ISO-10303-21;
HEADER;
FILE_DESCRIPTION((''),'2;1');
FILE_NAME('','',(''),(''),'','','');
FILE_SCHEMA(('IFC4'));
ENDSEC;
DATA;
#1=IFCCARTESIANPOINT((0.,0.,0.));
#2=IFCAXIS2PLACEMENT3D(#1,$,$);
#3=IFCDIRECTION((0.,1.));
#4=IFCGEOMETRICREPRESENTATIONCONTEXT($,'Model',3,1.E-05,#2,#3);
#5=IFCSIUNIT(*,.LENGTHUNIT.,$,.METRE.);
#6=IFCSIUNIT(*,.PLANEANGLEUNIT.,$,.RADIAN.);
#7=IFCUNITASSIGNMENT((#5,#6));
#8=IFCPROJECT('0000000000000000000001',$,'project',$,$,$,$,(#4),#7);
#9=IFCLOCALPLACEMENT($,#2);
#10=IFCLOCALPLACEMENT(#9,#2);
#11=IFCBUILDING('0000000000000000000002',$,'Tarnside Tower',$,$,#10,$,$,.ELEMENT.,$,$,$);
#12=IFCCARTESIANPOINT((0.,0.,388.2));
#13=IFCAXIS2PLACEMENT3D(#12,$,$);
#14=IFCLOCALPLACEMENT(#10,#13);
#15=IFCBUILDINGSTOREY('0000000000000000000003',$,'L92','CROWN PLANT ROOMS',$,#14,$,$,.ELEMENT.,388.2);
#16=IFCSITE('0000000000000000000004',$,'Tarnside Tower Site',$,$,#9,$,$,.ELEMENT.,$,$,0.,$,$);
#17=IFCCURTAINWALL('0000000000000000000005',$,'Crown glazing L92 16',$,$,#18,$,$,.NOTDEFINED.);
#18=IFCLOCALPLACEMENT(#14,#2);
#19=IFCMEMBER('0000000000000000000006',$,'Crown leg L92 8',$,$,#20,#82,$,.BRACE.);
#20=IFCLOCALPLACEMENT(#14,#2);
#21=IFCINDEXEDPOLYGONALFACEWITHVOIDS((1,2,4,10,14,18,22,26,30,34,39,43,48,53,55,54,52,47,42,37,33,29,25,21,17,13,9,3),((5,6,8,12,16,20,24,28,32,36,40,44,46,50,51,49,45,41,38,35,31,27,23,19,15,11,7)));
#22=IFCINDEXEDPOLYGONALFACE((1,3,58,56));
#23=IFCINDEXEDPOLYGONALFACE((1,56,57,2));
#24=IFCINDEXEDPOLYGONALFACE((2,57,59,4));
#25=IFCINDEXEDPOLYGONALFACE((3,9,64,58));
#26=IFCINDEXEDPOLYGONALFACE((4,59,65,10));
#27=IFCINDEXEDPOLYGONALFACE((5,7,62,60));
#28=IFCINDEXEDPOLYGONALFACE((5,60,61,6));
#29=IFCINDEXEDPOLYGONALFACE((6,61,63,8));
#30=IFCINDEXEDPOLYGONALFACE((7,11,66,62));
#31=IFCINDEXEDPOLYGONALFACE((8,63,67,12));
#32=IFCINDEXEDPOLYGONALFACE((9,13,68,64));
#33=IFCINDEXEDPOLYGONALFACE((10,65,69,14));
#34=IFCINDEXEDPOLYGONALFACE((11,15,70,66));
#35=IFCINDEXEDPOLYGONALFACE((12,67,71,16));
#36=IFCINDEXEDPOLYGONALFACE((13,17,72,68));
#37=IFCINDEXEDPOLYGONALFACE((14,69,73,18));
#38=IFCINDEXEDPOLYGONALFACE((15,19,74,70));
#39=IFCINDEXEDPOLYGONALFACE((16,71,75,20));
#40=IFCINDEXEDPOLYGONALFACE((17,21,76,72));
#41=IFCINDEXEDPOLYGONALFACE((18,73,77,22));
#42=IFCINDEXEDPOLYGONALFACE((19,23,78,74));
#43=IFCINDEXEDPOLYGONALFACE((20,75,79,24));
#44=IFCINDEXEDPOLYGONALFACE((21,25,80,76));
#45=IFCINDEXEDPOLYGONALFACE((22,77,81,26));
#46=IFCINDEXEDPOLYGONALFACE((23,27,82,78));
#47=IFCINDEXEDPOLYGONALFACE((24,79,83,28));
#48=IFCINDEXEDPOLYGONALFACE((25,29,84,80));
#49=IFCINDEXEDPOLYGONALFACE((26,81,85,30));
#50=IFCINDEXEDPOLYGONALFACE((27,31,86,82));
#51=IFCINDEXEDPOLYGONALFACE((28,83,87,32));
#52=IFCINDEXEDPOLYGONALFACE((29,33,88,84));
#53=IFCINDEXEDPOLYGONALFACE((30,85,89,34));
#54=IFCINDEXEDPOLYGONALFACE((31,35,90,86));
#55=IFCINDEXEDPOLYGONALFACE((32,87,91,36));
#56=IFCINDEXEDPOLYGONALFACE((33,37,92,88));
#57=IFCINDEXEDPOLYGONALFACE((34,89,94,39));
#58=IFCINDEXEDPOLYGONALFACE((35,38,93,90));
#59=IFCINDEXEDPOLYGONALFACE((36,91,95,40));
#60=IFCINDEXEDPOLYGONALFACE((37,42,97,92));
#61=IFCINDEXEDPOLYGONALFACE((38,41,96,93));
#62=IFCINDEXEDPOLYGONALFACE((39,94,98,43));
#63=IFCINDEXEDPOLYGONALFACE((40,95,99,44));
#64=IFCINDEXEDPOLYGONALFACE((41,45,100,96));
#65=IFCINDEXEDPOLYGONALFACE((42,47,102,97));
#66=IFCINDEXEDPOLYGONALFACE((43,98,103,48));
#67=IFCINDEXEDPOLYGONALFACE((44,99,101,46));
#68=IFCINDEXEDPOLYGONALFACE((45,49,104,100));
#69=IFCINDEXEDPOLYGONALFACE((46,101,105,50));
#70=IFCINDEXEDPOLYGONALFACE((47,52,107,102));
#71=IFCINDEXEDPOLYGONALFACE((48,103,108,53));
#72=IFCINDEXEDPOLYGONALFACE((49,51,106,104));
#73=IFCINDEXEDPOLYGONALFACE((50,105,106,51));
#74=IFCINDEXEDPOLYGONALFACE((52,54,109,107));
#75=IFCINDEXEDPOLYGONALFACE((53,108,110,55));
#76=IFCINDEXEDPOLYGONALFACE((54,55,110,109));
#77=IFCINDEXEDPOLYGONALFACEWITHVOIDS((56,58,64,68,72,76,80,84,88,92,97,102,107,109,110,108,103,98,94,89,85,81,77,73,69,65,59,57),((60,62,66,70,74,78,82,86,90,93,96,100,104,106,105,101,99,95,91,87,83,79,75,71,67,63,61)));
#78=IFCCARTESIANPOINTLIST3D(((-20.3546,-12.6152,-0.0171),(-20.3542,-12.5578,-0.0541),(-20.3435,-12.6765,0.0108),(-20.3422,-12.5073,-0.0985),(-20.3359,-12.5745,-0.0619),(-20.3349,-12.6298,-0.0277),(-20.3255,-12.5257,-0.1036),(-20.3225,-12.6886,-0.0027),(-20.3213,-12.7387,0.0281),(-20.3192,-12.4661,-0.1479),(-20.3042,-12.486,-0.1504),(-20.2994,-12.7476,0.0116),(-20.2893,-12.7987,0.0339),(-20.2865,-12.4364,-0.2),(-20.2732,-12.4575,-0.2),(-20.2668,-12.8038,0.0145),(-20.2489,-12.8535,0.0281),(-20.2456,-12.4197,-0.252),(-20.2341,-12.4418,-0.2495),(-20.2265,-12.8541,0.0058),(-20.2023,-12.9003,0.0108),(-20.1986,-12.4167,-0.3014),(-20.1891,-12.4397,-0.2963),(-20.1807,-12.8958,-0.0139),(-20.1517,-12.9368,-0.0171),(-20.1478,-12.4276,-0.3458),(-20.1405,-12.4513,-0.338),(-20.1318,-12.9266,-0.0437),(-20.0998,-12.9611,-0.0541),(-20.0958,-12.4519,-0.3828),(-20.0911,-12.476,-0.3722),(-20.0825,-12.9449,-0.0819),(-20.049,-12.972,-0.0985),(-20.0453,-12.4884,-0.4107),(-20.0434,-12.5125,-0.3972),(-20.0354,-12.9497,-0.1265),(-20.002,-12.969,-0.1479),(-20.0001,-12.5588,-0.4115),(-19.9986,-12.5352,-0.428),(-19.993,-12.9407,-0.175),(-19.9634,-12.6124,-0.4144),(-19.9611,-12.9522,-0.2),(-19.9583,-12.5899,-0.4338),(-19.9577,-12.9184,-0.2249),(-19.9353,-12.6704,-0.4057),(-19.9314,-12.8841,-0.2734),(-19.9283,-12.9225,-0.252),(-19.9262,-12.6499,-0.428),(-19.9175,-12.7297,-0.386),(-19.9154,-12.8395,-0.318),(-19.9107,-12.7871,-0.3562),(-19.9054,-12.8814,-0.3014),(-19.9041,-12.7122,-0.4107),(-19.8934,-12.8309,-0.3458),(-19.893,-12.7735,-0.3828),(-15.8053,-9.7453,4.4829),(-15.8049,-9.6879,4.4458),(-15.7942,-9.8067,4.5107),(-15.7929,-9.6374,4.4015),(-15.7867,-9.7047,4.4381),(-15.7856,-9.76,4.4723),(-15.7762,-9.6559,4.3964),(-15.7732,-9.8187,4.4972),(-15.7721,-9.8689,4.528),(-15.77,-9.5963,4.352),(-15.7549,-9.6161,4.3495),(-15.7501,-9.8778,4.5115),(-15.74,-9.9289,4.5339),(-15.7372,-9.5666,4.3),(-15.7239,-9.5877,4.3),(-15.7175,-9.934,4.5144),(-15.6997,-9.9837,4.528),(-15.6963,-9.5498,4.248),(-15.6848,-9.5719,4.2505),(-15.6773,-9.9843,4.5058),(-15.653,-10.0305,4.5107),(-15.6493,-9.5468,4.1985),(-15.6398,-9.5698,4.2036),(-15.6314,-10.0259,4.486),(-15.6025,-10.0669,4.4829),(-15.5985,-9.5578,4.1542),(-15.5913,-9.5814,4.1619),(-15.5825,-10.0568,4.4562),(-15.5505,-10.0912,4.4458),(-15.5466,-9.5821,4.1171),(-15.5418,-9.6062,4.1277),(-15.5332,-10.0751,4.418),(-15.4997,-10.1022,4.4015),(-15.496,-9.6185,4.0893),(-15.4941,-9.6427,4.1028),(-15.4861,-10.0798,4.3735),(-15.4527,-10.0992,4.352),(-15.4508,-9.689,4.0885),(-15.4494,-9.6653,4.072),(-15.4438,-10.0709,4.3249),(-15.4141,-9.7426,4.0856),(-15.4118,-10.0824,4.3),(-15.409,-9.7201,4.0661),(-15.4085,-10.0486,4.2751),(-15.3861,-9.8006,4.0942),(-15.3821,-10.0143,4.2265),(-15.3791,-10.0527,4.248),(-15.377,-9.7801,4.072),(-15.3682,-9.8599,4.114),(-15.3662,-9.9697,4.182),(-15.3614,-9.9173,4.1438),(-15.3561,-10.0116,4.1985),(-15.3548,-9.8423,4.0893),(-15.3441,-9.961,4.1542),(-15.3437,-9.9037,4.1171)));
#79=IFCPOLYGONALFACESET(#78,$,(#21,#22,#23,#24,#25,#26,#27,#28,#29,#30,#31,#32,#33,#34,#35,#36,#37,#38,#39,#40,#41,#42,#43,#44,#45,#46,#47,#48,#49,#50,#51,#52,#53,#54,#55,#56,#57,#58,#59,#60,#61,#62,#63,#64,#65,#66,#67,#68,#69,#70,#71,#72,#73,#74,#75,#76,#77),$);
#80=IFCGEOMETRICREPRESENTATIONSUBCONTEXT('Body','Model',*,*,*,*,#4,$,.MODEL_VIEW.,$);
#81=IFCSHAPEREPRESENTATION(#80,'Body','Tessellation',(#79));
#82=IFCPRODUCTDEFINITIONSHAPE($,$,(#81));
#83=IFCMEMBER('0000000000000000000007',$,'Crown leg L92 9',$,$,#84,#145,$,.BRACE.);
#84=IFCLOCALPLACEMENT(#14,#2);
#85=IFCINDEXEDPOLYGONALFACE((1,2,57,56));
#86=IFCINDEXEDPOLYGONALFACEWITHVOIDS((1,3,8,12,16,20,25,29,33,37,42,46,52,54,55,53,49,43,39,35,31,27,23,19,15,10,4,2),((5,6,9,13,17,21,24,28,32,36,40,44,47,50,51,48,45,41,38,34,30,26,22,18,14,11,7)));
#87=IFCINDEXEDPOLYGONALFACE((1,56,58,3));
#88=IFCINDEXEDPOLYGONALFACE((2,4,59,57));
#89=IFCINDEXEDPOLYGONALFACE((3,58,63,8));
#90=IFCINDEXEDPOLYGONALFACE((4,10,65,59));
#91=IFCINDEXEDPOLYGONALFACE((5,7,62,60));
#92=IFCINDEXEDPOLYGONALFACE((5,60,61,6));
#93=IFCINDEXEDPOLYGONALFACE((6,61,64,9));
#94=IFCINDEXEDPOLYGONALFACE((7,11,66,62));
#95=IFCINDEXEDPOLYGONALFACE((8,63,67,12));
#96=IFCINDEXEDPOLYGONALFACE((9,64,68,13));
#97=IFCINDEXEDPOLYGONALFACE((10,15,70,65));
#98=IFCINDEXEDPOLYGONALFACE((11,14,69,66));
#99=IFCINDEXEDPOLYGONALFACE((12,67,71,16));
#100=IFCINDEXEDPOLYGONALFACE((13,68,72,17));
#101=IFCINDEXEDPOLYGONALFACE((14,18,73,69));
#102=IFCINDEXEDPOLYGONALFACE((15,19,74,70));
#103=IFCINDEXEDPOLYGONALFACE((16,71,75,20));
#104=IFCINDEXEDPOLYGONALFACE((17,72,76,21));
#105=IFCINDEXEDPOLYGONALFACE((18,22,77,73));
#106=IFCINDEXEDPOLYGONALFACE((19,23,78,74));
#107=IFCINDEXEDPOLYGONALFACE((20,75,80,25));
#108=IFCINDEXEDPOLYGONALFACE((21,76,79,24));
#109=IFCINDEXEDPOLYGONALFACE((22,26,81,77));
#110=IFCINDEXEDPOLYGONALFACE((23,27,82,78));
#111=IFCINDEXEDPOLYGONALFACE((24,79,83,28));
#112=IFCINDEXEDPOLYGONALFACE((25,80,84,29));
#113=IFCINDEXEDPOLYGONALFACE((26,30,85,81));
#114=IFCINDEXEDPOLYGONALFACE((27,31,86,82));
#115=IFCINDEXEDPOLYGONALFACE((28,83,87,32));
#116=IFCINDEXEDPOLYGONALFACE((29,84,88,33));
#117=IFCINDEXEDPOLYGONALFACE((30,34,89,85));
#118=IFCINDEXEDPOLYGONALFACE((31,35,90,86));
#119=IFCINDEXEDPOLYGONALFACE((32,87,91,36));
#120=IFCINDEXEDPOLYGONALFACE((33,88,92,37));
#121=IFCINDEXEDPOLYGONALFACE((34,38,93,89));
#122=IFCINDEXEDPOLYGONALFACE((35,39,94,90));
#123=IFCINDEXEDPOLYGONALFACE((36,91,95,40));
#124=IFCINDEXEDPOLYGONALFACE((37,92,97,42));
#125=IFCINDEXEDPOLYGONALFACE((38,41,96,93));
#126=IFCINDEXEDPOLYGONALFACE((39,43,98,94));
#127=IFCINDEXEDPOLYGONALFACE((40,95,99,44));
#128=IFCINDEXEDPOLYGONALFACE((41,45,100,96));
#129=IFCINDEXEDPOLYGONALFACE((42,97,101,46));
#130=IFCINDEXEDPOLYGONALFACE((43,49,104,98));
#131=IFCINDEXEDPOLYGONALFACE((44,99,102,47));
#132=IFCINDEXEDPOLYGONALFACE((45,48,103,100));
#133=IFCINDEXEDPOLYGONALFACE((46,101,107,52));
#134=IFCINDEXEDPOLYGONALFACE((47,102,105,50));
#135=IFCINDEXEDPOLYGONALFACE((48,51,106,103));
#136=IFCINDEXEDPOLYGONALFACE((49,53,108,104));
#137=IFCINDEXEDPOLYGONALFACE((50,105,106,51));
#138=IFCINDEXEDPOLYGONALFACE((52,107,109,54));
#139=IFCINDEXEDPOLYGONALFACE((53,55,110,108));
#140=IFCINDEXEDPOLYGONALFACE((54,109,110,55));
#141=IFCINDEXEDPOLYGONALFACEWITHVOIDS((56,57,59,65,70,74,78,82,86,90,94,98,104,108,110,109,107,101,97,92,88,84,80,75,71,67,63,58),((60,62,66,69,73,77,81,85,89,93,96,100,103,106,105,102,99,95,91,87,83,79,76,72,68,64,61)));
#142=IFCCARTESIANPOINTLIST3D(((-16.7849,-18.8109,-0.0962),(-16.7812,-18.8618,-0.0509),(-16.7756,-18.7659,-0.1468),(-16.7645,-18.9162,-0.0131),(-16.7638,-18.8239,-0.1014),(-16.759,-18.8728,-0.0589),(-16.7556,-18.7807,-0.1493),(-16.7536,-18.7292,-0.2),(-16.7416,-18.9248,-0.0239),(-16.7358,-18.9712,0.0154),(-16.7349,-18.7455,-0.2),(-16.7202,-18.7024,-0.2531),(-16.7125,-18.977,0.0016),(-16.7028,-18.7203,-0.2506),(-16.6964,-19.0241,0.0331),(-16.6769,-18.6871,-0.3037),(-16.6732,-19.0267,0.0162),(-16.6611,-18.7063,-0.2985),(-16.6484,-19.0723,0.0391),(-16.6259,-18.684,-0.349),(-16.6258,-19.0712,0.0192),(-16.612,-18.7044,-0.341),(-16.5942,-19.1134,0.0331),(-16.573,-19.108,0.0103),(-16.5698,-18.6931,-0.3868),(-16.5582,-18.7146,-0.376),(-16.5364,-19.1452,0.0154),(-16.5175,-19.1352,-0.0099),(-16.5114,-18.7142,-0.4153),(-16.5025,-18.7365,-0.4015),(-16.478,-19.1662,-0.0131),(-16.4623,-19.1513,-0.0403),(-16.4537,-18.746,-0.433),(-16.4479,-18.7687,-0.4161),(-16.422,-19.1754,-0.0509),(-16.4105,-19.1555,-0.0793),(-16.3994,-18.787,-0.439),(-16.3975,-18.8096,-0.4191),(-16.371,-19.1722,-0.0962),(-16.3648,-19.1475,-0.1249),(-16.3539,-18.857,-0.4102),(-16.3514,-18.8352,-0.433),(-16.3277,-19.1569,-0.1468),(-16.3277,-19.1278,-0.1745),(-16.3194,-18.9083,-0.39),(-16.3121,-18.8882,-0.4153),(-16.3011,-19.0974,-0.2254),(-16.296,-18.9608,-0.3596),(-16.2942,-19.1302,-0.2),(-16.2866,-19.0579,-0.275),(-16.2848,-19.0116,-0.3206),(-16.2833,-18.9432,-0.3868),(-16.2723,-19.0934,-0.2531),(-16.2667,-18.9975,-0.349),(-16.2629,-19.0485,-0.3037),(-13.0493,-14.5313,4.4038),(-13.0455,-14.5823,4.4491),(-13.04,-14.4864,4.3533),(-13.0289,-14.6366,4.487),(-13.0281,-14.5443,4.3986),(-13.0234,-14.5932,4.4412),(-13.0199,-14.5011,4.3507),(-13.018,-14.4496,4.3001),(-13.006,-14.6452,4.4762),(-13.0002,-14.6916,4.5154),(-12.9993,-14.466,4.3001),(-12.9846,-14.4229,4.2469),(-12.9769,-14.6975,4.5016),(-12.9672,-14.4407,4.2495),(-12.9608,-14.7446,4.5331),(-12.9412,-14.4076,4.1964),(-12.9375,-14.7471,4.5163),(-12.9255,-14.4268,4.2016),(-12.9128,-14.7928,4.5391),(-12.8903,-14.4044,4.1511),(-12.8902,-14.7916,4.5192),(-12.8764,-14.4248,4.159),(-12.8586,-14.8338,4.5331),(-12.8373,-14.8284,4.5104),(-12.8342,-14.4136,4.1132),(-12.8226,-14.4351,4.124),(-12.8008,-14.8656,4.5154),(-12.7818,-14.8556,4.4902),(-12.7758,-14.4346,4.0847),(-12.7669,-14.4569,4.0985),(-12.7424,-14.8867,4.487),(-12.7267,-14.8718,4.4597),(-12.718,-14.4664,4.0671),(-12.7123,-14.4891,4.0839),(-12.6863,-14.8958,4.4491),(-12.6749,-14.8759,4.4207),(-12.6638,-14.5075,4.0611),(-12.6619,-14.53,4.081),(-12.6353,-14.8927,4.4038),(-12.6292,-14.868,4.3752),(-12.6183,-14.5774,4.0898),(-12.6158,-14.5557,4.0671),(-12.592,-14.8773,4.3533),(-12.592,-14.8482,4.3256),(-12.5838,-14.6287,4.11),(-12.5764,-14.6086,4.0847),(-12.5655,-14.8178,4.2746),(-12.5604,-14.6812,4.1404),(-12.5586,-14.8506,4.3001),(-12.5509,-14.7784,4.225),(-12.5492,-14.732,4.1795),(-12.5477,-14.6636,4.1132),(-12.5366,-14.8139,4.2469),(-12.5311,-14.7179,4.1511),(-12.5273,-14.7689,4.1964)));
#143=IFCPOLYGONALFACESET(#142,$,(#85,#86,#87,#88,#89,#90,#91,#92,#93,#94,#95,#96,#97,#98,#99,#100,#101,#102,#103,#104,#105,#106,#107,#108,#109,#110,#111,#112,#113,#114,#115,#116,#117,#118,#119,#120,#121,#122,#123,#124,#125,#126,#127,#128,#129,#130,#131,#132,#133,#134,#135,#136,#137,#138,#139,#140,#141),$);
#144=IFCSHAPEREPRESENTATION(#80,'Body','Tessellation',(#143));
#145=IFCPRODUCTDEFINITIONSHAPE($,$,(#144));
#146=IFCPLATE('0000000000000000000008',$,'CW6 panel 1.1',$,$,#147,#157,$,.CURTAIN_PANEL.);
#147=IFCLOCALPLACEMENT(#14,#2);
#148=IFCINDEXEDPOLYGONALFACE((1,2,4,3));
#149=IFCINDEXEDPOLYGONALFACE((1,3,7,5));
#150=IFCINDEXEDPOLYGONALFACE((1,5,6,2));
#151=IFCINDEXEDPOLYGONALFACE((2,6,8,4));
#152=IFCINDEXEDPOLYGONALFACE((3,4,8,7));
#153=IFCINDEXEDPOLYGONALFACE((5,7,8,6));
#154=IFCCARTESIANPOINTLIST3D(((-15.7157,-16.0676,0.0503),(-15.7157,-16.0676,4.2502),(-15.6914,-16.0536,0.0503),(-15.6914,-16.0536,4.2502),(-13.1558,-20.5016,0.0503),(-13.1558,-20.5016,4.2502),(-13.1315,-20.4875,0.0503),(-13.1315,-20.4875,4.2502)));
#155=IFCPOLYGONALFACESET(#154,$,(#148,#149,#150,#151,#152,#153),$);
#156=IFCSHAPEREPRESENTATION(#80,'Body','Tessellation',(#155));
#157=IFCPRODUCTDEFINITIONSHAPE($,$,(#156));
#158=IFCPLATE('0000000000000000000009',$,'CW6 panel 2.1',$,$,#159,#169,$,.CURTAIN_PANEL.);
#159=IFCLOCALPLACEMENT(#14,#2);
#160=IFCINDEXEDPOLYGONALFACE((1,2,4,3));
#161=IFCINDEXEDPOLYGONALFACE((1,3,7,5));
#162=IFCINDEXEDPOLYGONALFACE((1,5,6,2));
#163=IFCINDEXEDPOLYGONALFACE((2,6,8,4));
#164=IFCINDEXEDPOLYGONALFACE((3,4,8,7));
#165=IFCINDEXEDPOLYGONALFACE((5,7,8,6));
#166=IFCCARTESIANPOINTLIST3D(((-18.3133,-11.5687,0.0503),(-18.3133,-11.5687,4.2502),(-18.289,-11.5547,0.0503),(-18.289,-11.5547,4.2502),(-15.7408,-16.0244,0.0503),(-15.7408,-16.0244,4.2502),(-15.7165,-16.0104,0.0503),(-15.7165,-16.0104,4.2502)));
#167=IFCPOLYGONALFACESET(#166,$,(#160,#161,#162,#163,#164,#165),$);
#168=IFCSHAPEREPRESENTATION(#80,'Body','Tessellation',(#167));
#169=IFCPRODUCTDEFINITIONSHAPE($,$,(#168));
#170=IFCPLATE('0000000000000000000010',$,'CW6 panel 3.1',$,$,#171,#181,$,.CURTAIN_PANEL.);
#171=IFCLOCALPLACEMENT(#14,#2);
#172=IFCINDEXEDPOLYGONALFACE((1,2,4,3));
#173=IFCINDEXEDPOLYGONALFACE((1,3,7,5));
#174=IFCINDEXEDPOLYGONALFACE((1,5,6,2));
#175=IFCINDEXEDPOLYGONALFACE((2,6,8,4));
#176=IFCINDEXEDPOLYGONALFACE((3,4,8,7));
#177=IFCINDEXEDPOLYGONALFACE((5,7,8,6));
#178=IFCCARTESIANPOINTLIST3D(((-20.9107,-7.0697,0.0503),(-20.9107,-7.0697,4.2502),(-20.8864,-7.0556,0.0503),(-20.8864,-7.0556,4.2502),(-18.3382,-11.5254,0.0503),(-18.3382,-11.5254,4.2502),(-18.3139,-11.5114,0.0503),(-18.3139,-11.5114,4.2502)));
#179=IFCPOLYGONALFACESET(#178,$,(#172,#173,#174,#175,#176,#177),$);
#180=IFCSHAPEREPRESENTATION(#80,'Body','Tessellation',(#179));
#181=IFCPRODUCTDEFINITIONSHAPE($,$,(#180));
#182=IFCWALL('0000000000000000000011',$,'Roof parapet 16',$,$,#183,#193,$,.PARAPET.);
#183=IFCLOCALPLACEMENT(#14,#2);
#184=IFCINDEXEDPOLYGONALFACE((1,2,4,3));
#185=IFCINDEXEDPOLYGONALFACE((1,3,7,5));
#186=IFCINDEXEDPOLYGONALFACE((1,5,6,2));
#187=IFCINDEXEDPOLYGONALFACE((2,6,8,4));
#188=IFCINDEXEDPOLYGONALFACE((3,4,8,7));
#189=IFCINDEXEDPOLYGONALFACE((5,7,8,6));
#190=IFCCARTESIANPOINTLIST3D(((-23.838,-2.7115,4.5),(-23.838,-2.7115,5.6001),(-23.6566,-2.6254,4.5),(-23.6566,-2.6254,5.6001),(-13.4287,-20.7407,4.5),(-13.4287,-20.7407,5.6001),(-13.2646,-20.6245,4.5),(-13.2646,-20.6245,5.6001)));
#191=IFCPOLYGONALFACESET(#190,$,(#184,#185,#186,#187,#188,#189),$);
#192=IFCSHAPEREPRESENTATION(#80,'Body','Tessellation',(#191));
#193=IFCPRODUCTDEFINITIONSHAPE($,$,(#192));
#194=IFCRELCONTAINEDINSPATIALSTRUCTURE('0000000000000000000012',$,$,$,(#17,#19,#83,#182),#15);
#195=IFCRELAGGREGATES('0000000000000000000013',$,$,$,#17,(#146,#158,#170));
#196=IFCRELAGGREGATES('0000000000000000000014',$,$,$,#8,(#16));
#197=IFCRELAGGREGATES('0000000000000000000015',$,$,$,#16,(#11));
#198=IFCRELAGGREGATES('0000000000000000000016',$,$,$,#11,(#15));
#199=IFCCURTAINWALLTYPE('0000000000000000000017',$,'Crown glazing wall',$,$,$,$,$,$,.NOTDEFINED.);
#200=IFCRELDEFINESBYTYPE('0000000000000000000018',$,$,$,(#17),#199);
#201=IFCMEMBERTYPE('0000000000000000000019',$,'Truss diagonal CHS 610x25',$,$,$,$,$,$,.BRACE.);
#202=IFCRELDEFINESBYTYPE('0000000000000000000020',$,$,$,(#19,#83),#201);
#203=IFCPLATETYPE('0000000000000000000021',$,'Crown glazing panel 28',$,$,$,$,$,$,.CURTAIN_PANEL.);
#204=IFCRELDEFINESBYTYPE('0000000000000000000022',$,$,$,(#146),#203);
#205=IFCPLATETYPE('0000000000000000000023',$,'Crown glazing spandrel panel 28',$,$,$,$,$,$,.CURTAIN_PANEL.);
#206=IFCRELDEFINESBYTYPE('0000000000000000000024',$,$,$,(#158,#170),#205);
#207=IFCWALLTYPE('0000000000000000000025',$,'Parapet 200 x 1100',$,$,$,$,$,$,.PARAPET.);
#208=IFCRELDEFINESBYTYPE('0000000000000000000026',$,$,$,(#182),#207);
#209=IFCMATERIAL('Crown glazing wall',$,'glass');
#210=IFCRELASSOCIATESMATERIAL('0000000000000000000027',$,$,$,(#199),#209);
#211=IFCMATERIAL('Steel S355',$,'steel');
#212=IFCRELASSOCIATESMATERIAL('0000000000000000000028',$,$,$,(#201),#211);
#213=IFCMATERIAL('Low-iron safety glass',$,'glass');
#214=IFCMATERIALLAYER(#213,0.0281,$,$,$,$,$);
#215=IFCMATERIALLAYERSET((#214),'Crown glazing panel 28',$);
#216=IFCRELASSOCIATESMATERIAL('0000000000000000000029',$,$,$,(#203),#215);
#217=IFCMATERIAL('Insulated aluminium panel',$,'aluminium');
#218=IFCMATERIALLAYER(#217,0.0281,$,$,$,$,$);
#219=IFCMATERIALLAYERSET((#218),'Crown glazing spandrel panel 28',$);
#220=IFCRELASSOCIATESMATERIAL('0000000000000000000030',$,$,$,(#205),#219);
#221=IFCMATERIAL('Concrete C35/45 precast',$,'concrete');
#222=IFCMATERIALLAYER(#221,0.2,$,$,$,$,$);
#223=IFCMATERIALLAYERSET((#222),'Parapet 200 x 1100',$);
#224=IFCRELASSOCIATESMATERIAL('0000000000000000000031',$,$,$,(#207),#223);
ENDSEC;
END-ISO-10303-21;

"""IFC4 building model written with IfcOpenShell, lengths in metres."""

from ifc_helpers import new_model, si_unit, direction, frame, origin, origin_2d, place, context, subcontext, project, spatial, polyline, rectangle, hollow_circle, outline, extrude, material, layer, layer_set, material_profile, profile_set, type_object, element, aggregate, save


model = new_model("IFC4")

# Units and contexts
model_context = context("Model", 3, precision=1e-05, world=origin(), true_north=direction((0.0, 1.0)))
body_context = subcontext(model_context, "Body", "Model", "MODEL_VIEW")
ifc_project = project(units=[si_unit("LENGTHUNIT", "METRE"), si_unit("PLANEANGLEUNIT", "RADIAN")], contexts=[model_context])

# Site, building, storey
site_placement = place(None, origin())
site = spatial("IfcSite", under=ifc_project, at=site_placement, Name="Tarnside Tower Site", CompositionType="ELEMENT", RefElevation=0.0)
building_placement = place(site_placement, origin())
building = spatial("IfcBuilding", under=site, at=building_placement, Name="Tarnside Tower", CompositionType="ELEMENT")
storey_placement = place(building_placement, frame((0.0, 0.0, 388.2)))
storey = spatial("IfcBuildingStorey", under=building, at=storey_placement, Name="L92", Description="CROWN PLANT ROOMS", CompositionType="ELEMENT", Elevation=388.2)

# Shared definitions
ifc_material_1 = material(Name="Crown glazing wall", Category="glass")
curtain_wall_type = type_object("IfcCurtainWallType", Name="Crown glazing wall", PredefinedType="NOTDEFINED", material=ifc_material_1)

# Curtain wall
curtain_wall_1_placement = place(storey_placement, origin())
curtain_wall_1 = element("IfcCurtainWall", 1, at=curtain_wall_1_placement, inside=storey, type_object=curtain_wall_type, Name="Crown glazing L92 16", PredefinedType="NOTDEFINED")

# Shared definitions
ifc_material_2 = material(Name="Steel S355", Category="steel")

# Members
ifc_material_profile_1 = material_profile(ifc_material_2, hollow_circle(Radius=0.3049, WallThickness=0.0249, at=origin_2d()), Name="CHS 610x25")
ifc_profile_set_1 = profile_set([ifc_material_profile_1], Name="Steel S355")
member_type_1 = type_object("IfcMemberType", Name="Truss diagonal CHS 610x25", PredefinedType="BRACE", material=ifc_profile_set_1)
member_1_placement = place(storey_placement, frame((-20.1238, -12.6943, -0.2), z_axis=(0.648696, 0.409221, 0.641664), x_axis=(-0.533544, 0.845772, 0.0)))
element("IfcMember", 2, at=member_1_placement, inside=storey, type_object=member_type_1, Name="Crown leg L92 8", PredefinedType="BRACE", context=body_context, shape_type="SweptSolid", body=[
    extrude(hollow_circle(Radius=0.3049, WallThickness=0.0249, at=origin_2d()), origin(), (0.0, 0.0, 1.0), 7.0129),
])
member_2_placement = place(storey_placement, frame((-16.5239, -18.9297, -0.2), z_axis=(0.515467, 0.590525, 0.620946), x_axis=(-0.753362, 0.657607, 0.0)))
element("IfcMember", 3, at=member_2_placement, inside=storey, type_object=member_type_1, Name="Crown leg L92 9", PredefinedType="BRACE", context=body_context, shape_type="SweptSolid", body=[
    extrude(hollow_circle(Radius=0.3049, WallThickness=0.0249, at=origin_2d()), origin(), (0.0, 0.0, 1.0), 7.2471),
])

# Plates
ifc_material_3 = material(Name="Low-iron safety glass", Category="glass")
ifc_layer_1 = layer(ifc_material_3, 0.0281)
ifc_layer_set_1 = layer_set([ifc_layer_1], Name="Crown glazing panel 28")
plate_type_1 = type_object("IfcPlateType", Name="Crown glazing panel 28", PredefinedType="CURTAIN_PANEL", material=ifc_layer_set_1)
plate_1_placement = place(storey_placement, frame((-14.4236, -18.2776, 0.0503), z_axis=(0.0, 0.0, 1.0), x_axis=(-0.5, 0.866025, 0.0)))
plate_1 = element("IfcPlate", 4, at=plate_1_placement, type_object=plate_type_1, Name="CW6 panel 1.1", PredefinedType="CURTAIN_PANEL", context=body_context, shape_type="SweptSolid", body=[
    extrude(rectangle(XDim=5.1199, YDim=0.0281, at=origin_2d()), origin(), (0.0, 0.0, 1.0), 4.2),
])
ifc_material_4 = material(Name="Insulated aluminium panel", Category="aluminium")
ifc_layer_2 = layer(ifc_material_4, 0.0281)
ifc_layer_set_2 = layer_set([ifc_layer_2], Name="Crown glazing spandrel panel 28")
plate_type_2 = type_object("IfcPlateType", Name="Crown glazing spandrel panel 28", PredefinedType="CURTAIN_PANEL", material=ifc_layer_set_2)
plate_2_placement = place(storey_placement, frame((-17.0149, -13.7896, 0.0503), z_axis=(0.0, 0.0, 1.0), x_axis=(-0.5, 0.866025, 0.0)))
plate_2 = element("IfcPlate", 5, at=plate_2_placement, type_object=plate_type_2, Name="CW6 panel 2.1", PredefinedType="CURTAIN_PANEL", context=body_context, shape_type="SweptSolid", body=[
    extrude(rectangle(XDim=5.145, YDim=0.0281, at=origin_2d()), origin(), (0.0, 0.0, 1.0), 4.2),
])
plate_3_placement = place(storey_placement, frame((-19.6123, -9.2905, 0.0503), z_axis=(0.0, 0.0, 1.0), x_axis=(-0.5, 0.866025, 0.0)))
plate_3 = element("IfcPlate", 6, at=plate_3_placement, type_object=plate_type_2, Name="CW6 panel 3.1", PredefinedType="CURTAIN_PANEL", context=body_context, shape_type="SweptSolid", body=[
    extrude(rectangle(XDim=5.145, YDim=0.0281, at=origin_2d()), origin(), (0.0, 0.0, 1.0), 4.2),
])
aggregate(curtain_wall_1, [plate_1, plate_2, plate_3])

# Wall
ifc_material_5 = material(Name="Concrete C35/45 precast", Category="concrete")
ifc_layer_3 = layer(ifc_material_5, 0.2)
ifc_layer_set_3 = layer_set([ifc_layer_3], Name="Parapet 200 x 1100")
wall_type = type_object("IfcWallType", Name="Parapet 200 x 1100", PredefinedType="PARAPET", material=ifc_layer_set_3)
wall_placement = place(storey_placement, frame((-13.3467, -20.6826, 4.5), z_axis=(0.0, 0.0, 1.0), x_axis=(-0.500006, 0.866022, 0.0)))
element("IfcWall", 7, at=wall_placement, inside=storey, type_object=wall_type, Name="Roof parapet 16", PredefinedType="PARAPET", context=body_context, shape_type="SweptSolid", body=[
    extrude(outline(polyline([(0.0093, -0.1001), (20.793, -0.1001), (20.8091, 0.1001), (-0.0093, 0.1001), (0.0093, -0.1001)])), origin(), (0.0, 0.0, 1.0), 1.1001),
])

save(model, "model.ifc")
